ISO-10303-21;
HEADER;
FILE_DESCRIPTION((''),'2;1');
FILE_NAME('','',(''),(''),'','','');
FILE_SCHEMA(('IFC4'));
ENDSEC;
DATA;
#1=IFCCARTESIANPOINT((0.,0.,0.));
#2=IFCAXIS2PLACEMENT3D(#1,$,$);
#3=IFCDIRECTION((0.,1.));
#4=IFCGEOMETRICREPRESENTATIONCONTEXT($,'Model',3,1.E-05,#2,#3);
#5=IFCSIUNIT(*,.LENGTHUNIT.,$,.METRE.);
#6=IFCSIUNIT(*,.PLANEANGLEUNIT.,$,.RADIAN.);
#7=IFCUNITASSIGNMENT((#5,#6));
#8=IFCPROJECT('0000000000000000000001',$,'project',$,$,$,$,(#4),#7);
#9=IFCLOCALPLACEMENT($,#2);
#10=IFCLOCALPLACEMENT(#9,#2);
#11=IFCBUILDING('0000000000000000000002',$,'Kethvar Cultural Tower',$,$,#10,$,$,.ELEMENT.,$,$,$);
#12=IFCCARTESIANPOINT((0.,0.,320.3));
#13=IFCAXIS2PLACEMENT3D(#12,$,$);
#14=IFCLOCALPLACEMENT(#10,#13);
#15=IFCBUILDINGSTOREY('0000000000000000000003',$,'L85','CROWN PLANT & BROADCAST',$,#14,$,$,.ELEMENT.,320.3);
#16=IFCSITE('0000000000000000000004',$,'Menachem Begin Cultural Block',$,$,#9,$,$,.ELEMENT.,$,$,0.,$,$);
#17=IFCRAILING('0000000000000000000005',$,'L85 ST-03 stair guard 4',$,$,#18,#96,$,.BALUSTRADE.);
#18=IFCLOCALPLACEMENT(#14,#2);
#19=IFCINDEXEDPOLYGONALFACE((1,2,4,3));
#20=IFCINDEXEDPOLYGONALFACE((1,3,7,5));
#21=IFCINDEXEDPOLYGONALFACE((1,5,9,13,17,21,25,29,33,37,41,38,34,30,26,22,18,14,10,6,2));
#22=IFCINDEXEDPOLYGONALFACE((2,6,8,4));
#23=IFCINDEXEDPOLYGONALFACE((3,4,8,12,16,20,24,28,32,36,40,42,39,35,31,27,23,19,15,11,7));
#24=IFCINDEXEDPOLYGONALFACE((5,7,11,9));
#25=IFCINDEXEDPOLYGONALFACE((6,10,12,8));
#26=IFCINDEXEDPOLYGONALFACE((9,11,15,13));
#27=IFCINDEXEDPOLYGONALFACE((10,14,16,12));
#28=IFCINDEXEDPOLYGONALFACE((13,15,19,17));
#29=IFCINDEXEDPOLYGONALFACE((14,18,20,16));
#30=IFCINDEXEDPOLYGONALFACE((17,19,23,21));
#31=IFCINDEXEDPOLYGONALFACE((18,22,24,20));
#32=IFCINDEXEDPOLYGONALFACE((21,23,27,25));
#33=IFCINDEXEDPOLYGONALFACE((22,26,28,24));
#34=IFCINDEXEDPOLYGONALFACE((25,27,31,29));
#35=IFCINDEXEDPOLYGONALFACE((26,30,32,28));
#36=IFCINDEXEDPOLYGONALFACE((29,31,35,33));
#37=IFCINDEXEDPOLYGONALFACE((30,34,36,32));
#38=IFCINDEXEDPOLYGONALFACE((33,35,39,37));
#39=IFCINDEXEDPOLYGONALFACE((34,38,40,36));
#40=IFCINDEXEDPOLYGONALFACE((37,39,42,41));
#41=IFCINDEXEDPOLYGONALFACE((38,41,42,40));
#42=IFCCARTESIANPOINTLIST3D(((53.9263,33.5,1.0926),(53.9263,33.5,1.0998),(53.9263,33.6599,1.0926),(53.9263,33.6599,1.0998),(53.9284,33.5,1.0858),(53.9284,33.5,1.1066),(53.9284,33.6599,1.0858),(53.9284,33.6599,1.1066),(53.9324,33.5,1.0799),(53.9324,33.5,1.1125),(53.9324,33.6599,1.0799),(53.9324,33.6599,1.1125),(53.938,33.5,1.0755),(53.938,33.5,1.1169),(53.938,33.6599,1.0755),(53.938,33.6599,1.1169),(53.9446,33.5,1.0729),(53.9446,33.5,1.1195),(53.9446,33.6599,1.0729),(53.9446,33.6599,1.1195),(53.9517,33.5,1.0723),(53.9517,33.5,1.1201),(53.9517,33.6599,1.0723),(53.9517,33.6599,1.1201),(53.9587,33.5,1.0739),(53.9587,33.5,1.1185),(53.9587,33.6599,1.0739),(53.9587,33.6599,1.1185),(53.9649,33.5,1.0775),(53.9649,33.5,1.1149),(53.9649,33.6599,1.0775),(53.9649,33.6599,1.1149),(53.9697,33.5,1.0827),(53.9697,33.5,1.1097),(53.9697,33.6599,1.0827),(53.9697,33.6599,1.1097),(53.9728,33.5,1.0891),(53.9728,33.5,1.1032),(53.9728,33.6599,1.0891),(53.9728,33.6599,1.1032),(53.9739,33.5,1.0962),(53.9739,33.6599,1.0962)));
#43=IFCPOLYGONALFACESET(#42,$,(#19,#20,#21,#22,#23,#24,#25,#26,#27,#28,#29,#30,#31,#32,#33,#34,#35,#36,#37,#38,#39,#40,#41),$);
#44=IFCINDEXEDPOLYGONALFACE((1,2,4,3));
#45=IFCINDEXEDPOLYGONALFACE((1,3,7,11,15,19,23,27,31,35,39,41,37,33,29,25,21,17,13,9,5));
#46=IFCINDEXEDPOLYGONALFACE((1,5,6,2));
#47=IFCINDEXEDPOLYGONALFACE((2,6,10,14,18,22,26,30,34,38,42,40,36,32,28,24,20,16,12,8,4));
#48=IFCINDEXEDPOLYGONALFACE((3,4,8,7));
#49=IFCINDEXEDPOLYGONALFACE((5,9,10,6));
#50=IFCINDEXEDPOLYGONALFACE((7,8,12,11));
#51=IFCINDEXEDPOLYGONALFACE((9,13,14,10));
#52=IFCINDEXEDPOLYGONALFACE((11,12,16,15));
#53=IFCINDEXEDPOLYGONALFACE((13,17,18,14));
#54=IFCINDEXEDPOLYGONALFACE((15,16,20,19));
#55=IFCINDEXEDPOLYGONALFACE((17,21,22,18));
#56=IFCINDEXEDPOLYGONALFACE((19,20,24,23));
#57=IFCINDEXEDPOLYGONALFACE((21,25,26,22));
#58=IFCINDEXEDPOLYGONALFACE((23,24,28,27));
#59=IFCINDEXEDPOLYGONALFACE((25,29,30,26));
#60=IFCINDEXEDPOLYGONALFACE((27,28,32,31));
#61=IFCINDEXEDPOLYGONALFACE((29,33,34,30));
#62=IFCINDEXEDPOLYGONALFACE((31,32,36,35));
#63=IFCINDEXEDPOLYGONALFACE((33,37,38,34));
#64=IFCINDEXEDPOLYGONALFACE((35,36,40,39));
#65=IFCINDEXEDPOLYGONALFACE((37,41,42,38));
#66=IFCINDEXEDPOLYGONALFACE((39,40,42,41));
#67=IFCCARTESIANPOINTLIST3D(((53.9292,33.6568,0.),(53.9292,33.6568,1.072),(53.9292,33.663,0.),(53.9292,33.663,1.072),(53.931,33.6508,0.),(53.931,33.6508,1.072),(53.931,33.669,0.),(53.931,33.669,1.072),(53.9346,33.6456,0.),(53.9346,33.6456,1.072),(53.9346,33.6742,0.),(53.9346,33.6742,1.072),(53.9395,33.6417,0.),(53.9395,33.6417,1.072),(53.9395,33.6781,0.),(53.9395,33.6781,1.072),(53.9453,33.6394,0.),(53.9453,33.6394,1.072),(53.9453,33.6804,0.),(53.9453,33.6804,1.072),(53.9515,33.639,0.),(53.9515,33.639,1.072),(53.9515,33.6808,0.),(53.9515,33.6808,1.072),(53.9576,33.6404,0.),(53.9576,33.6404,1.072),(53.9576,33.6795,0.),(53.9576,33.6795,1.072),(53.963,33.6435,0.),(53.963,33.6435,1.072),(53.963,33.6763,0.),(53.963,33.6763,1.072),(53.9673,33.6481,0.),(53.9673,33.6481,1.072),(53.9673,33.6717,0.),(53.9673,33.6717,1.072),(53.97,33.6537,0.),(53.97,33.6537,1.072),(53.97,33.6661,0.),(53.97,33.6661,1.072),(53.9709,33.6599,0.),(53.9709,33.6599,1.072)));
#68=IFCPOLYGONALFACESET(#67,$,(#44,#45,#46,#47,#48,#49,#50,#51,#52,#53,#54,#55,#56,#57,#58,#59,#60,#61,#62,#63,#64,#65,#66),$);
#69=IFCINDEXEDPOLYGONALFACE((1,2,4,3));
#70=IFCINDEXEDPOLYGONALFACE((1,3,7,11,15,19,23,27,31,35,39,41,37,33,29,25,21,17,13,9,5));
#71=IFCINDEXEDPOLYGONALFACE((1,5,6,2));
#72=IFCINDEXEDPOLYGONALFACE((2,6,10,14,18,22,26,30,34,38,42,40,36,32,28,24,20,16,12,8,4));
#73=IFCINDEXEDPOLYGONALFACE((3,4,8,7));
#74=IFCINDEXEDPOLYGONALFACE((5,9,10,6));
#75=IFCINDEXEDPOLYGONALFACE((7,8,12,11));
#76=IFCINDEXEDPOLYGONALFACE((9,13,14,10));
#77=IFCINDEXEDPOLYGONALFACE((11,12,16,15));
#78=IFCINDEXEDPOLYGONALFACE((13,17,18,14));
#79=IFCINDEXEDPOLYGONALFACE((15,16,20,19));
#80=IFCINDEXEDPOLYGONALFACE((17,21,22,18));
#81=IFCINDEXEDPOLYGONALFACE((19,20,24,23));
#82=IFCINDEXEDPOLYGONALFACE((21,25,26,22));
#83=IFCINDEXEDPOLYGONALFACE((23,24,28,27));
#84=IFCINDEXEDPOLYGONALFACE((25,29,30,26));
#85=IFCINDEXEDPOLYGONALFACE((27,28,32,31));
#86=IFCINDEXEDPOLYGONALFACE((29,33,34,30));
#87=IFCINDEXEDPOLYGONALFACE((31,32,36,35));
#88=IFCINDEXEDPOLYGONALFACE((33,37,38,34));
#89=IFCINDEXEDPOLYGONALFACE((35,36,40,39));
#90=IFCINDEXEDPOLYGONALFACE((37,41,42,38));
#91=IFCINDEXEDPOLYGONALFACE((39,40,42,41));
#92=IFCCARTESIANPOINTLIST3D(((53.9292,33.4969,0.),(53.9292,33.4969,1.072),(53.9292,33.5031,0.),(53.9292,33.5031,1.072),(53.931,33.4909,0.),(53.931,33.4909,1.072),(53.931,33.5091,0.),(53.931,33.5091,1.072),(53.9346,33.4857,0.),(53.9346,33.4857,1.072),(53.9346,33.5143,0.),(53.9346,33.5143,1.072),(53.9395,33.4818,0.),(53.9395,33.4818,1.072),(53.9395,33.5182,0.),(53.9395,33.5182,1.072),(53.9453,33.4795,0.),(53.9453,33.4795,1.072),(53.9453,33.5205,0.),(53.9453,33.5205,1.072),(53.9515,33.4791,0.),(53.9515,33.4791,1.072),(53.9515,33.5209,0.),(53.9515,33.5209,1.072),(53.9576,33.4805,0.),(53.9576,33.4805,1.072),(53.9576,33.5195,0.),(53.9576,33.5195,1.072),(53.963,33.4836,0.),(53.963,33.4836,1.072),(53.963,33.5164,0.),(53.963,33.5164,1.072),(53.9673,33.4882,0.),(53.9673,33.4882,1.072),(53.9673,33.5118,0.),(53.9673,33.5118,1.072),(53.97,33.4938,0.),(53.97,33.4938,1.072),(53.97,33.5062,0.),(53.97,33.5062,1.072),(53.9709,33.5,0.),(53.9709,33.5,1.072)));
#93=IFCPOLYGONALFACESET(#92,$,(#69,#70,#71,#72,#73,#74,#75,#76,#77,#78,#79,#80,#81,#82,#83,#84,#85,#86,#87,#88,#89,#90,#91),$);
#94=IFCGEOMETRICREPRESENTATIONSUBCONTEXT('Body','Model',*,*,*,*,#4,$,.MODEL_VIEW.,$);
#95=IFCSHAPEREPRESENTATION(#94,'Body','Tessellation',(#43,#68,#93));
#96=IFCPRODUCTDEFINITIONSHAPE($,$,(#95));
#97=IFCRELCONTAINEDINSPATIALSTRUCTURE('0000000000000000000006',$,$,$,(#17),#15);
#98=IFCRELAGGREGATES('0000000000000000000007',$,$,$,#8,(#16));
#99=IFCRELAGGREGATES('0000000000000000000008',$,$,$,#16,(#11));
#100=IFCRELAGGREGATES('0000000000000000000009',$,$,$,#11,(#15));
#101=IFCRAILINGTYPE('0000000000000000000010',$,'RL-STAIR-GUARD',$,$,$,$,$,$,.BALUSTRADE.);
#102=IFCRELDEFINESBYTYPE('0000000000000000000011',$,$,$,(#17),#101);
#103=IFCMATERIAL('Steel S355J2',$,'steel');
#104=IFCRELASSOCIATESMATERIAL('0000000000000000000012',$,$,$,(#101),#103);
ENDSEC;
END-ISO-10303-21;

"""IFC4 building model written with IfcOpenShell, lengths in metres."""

from ifc_helpers import new_model, si_unit, direction, frame, origin, origin_2d, place, context, subcontext, project, spatial, circle, extrude, material, type_object, element, save


model = new_model("IFC4")

# Units and contexts
model_context = context("Model", 3, precision=1e-05, world=origin(), true_north=direction((0.0, 1.0)))
body_context = subcontext(model_context, "Body", "Model", "MODEL_VIEW")
ifc_project = project(units=[si_unit("LENGTHUNIT", "METRE"), si_unit("PLANEANGLEUNIT", "RADIAN")], contexts=[model_context])

# Site, building, storey
site_placement = place(None, origin())
site = spatial("IfcSite", under=ifc_project, at=site_placement, Name="Menachem Begin Cultural Block", CompositionType="ELEMENT", RefElevation=0.0)
building_placement = place(site_placement, origin())
building = spatial("IfcBuilding", under=site, at=building_placement, Name="Kethvar Cultural Tower", CompositionType="ELEMENT")
storey_placement = place(building_placement, frame((0.0, 0.0, 320.3)))
storey = spatial("IfcBuildingStorey", under=building, at=storey_placement, Name="L85", Description="CROWN PLANT & BROADCAST", CompositionType="ELEMENT", Elevation=320.3)

# Shared definitions
ifc_material_1 = material(Name="Steel S355J2", Category="steel")

# Railing
railing_type_1 = type_object("IfcRailingType", Name="RL-STAIR-GUARD", PredefinedType="BALUSTRADE", material=ifc_material_1)
railing_1_placement = place(storey_placement, frame((53.95, 33.6599, 0.0)))
element("IfcRailing", 1, at=railing_1_placement, inside=storey, type_object=railing_type_1, Name="L85 ST-03 stair guard 4", PredefinedType="BALUSTRADE", context=body_context, shape_type="SweptSolid", body=[
    extrude(circle(Radius=0.0239, at=origin_2d()), frame((0.0, 0.0, 1.0962), z_axis=(0.0, -1.0, 0.0), x_axis=(1.0, 0.0, 0.0)), (0.0, 0.0, 1.0), 0.1599),
    extrude(circle(Radius=0.021, at=origin_2d()), origin(), (0.0, 0.0, 1.0), 1.072),
    extrude(circle(Radius=0.021, at=origin_2d()), frame((0.0, -0.1599, 0.0)), (0.0, 0.0, 1.0), 1.072),
])

save(model, "model.ifc")
